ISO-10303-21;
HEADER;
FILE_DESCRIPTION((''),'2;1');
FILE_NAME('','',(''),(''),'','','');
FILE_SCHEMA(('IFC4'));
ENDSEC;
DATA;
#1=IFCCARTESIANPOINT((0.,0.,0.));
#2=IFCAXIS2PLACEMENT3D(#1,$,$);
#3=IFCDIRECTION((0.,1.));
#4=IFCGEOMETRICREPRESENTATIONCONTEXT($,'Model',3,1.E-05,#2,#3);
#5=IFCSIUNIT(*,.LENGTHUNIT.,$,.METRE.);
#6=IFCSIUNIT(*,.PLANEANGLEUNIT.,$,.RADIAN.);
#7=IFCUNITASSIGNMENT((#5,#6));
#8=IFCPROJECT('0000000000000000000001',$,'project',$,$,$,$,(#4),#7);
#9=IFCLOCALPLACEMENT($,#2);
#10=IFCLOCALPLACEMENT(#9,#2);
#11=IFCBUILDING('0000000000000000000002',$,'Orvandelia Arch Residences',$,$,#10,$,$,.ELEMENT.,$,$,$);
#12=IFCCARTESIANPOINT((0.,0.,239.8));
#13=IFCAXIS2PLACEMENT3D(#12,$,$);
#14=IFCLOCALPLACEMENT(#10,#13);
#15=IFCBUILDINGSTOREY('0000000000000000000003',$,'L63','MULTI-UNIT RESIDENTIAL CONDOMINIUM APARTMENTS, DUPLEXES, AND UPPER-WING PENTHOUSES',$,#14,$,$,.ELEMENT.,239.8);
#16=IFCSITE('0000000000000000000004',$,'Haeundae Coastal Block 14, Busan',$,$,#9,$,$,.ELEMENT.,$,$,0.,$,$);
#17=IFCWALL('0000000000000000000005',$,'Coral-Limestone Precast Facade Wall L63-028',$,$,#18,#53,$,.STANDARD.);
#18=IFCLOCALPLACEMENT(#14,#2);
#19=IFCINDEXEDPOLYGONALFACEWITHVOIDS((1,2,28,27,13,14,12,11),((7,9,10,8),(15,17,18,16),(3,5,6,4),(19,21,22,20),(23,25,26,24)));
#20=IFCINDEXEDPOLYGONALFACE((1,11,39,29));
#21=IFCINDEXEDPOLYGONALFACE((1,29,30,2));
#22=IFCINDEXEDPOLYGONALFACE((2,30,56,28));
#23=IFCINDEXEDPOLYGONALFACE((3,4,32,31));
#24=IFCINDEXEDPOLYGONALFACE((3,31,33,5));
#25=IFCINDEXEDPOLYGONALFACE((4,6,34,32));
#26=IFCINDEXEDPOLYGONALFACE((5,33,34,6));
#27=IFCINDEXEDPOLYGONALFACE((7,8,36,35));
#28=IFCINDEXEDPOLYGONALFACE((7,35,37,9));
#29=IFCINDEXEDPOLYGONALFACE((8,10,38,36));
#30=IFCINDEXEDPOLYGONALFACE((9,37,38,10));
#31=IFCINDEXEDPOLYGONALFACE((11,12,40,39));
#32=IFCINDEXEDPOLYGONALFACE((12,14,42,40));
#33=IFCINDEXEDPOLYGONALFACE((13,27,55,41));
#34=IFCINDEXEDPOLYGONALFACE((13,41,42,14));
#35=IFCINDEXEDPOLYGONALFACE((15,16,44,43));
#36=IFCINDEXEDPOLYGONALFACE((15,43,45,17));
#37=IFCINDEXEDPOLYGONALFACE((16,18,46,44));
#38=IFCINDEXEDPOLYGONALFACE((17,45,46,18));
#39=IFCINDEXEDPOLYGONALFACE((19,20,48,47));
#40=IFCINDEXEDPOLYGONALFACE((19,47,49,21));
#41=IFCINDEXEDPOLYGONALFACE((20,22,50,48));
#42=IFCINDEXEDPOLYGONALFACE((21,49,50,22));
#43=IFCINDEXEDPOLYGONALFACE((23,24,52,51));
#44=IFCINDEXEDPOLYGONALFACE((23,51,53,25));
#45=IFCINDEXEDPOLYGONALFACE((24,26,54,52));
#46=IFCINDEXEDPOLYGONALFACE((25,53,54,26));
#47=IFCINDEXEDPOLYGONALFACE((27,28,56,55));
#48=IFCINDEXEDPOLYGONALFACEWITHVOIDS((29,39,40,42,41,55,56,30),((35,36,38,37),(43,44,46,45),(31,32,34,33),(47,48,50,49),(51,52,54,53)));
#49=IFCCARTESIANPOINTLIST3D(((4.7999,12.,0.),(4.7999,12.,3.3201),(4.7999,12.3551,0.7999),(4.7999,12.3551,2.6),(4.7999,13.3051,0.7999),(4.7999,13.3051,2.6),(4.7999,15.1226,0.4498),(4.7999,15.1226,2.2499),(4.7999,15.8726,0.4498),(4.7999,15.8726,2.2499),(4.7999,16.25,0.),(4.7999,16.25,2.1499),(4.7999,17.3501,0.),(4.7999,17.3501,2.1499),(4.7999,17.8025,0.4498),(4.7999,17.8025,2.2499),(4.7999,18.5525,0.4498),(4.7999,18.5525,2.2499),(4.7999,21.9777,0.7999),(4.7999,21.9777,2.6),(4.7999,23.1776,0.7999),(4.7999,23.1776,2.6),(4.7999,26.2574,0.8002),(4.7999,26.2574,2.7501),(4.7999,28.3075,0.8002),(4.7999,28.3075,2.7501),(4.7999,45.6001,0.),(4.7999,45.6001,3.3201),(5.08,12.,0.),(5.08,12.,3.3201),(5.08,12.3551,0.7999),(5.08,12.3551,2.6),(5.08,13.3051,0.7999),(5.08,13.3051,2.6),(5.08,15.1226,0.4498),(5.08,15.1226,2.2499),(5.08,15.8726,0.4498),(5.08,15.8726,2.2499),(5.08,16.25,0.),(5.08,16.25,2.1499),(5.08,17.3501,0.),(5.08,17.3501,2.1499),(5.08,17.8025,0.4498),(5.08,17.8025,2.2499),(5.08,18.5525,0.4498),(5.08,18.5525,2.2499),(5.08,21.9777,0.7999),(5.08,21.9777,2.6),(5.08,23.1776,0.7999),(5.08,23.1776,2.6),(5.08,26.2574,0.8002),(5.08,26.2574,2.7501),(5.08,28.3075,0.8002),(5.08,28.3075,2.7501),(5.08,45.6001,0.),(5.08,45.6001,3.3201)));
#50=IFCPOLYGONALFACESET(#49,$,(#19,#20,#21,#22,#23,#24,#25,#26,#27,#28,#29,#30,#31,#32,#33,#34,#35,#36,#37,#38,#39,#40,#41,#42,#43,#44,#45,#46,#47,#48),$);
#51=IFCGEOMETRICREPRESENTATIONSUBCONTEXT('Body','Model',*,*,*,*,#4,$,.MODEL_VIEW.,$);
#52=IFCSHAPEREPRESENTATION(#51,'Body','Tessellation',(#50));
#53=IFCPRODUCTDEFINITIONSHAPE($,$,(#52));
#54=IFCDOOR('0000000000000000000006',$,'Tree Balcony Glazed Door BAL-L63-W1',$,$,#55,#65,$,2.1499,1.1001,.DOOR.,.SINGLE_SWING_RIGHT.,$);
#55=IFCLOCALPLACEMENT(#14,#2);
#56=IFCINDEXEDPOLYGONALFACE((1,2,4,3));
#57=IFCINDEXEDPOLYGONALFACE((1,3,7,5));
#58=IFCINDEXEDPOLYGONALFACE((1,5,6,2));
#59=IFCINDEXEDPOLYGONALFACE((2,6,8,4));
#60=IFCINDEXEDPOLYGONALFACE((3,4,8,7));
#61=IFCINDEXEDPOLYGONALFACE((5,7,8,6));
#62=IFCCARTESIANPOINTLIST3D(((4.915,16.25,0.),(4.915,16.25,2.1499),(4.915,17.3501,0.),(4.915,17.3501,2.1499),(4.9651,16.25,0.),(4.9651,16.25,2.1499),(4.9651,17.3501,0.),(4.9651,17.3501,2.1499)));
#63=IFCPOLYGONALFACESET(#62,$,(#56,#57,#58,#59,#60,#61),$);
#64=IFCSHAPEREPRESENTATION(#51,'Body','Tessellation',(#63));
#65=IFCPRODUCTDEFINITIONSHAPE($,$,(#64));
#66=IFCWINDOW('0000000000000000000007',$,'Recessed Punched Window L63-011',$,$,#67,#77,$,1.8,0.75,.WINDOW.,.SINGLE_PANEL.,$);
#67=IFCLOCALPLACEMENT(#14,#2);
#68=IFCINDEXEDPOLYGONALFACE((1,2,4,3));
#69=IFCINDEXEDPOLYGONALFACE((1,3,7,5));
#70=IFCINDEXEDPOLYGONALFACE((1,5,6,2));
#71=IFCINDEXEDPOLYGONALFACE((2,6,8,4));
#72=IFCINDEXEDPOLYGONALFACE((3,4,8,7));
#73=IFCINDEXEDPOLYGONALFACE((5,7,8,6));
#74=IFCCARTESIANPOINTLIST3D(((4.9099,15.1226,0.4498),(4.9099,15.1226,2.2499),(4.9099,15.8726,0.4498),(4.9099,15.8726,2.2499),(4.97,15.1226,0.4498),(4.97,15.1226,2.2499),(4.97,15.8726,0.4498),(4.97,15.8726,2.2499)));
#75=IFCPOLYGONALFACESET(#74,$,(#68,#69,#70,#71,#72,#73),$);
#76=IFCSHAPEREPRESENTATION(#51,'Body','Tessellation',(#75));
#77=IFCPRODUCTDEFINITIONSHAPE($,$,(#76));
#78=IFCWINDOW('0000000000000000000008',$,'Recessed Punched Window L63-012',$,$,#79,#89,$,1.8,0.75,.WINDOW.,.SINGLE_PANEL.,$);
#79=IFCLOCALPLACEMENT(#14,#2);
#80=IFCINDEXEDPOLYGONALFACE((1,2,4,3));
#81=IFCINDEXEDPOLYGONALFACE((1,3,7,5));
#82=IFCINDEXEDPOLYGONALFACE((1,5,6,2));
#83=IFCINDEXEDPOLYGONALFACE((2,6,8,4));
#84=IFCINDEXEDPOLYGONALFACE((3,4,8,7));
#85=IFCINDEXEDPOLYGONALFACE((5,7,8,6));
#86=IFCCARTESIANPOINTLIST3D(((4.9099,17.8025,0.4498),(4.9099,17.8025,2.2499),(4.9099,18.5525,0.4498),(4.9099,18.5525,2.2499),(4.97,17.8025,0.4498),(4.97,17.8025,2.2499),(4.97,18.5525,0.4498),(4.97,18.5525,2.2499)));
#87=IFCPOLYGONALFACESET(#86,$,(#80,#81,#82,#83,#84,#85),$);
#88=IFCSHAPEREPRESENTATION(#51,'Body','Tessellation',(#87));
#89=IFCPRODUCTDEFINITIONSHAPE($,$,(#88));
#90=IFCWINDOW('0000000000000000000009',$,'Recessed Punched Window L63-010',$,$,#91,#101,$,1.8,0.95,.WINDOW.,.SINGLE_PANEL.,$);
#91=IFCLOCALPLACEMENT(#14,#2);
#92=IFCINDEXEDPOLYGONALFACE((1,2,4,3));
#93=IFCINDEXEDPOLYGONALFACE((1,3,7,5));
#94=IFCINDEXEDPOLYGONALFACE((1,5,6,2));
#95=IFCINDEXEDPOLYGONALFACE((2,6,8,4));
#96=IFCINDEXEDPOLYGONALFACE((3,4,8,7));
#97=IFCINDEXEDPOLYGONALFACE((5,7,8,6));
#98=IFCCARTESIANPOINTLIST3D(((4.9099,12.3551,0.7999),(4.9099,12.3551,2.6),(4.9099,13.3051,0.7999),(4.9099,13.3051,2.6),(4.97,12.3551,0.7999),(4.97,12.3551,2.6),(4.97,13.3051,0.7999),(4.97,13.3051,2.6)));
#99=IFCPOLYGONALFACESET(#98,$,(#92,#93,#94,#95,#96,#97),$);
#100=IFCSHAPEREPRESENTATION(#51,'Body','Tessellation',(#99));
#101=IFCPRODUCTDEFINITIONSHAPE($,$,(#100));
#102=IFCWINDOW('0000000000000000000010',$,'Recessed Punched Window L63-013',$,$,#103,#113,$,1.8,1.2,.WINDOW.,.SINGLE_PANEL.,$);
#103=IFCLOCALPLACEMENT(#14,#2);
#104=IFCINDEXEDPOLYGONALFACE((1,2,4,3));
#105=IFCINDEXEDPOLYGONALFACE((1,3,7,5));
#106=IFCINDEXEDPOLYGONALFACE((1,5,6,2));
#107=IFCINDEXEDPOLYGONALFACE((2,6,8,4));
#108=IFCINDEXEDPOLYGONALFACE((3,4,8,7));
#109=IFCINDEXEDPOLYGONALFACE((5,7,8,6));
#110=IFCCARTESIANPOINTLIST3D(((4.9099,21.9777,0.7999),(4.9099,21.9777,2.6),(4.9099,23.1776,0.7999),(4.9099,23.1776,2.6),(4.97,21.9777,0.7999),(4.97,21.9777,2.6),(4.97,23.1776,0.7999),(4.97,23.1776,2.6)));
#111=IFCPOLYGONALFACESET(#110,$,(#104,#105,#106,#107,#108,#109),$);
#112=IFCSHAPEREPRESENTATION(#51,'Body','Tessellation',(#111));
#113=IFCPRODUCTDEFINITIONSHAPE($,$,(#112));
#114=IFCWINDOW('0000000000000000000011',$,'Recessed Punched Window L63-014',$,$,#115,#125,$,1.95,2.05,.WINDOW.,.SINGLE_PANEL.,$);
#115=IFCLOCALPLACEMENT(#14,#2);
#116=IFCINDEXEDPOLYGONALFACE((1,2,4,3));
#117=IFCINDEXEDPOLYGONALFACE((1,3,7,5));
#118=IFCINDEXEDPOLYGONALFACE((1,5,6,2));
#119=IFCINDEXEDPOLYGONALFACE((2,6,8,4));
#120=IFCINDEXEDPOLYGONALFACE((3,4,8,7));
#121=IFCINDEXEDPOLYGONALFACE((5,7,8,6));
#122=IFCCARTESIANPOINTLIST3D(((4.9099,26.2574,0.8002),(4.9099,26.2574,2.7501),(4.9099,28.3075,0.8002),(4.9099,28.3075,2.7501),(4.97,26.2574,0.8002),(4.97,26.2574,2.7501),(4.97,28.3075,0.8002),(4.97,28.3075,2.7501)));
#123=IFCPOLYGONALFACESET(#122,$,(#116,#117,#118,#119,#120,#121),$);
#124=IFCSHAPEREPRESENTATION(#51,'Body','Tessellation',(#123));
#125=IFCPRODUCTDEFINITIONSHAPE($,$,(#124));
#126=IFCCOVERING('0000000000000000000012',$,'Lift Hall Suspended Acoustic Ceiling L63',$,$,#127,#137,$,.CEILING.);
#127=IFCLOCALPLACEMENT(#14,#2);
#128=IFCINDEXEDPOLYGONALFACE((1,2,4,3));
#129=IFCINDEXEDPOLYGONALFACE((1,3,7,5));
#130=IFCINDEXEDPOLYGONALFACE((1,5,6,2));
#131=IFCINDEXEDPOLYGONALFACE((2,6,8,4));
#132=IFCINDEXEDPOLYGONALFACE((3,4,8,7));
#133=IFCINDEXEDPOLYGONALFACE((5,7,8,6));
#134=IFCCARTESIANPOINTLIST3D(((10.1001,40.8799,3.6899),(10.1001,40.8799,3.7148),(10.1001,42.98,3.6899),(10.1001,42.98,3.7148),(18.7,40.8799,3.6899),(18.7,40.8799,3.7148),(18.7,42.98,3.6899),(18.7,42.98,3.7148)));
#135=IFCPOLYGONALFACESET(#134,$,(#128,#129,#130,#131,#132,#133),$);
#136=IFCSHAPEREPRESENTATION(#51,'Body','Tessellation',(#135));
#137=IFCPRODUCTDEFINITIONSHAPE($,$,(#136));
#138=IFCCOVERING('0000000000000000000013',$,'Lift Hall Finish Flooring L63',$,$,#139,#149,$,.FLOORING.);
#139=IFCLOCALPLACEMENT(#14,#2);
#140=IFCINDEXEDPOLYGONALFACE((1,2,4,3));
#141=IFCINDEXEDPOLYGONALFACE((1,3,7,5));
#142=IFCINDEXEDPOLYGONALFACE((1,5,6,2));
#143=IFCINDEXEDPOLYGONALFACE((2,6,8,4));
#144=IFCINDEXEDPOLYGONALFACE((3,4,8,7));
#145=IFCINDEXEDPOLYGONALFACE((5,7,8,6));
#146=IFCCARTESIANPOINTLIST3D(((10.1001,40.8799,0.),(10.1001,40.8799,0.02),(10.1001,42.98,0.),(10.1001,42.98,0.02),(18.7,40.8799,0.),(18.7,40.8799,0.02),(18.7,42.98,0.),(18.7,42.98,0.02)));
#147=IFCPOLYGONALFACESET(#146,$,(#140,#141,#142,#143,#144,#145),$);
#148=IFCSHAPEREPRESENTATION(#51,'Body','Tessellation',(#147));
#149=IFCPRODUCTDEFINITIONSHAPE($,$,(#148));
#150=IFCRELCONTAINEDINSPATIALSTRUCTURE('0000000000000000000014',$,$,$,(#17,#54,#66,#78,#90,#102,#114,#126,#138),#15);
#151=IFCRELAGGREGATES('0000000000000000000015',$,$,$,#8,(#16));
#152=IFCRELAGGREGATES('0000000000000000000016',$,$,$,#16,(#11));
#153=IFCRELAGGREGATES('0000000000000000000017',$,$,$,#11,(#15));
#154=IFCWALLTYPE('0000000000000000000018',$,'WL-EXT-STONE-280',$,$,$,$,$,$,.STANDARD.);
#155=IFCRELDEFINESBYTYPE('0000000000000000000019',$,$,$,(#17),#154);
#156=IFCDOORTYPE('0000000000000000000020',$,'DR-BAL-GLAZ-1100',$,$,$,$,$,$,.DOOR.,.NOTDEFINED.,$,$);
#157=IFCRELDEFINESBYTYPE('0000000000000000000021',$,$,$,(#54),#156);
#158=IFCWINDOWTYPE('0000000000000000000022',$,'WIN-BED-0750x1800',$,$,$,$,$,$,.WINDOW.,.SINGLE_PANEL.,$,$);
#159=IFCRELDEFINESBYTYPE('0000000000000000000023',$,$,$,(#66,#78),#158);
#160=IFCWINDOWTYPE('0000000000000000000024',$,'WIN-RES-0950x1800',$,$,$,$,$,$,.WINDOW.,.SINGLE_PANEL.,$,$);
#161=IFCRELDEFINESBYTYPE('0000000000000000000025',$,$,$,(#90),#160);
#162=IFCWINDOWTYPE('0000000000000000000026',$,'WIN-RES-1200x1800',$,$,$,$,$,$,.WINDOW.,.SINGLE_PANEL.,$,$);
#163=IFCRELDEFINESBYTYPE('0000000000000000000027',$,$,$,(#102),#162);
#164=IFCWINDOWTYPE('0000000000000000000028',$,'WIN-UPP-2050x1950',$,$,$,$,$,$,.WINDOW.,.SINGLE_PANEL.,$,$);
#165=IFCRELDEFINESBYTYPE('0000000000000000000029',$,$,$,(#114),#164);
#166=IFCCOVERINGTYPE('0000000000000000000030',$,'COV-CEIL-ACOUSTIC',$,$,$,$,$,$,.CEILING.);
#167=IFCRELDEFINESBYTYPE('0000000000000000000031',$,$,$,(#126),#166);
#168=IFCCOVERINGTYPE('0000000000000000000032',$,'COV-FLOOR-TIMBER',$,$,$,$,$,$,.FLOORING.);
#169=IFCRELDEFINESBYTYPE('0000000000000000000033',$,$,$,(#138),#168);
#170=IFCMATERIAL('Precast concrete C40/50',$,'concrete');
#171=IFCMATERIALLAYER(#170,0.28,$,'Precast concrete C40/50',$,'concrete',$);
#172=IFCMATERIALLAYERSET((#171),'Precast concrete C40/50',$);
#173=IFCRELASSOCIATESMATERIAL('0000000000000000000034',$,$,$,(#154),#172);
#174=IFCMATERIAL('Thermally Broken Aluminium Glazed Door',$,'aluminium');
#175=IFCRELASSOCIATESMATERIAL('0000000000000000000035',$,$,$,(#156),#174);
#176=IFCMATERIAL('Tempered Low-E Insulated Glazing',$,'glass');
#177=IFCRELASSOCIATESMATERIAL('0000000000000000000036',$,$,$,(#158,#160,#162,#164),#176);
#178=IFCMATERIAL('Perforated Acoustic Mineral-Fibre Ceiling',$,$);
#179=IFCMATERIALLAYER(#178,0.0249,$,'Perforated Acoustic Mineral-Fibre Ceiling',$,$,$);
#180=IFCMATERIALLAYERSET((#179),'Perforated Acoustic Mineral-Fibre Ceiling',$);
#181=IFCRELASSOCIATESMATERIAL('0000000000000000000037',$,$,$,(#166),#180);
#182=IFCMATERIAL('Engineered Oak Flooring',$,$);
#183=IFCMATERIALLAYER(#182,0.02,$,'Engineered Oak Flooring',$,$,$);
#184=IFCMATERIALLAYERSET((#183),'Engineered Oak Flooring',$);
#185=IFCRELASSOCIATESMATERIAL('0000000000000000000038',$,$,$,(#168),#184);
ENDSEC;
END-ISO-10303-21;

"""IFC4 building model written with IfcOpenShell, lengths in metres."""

from ifc_helpers import new_model, si_unit, direction, frame, frame_2d, origin, place, context, subcontext, project, spatial, polyline, rectangle, outline, extrude, material, layer, layer_set, type_object, element, fill, save


model = new_model("IFC4")

# Units and contexts
model_context = context("Model", 3, precision=1e-05, world=origin(), true_north=direction((0.0, 1.0)))
body_context = subcontext(model_context, "Body", "Model", "MODEL_VIEW")
ifc_project = project(units=[si_unit("LENGTHUNIT", "METRE"), si_unit("PLANEANGLEUNIT", "RADIAN")], contexts=[model_context])

# Site, building, storey
site_placement = place(None, origin())
site = spatial("IfcSite", under=ifc_project, at=site_placement, Name="Haeundae Coastal Block 14, Busan", CompositionType="ELEMENT", RefElevation=0.0)
building_placement = place(site_placement, origin())
building = spatial("IfcBuilding", under=site, at=building_placement, Name="Orvandelia Arch Residences", CompositionType="ELEMENT")
storey_placement = place(building_placement, frame((0.0, 0.0, 239.8)))
storey = spatial("IfcBuildingStorey", under=building, at=storey_placement, Name="L63", Description="MULTI-UNIT RESIDENTIAL CONDOMINIUM APARTMENTS, DUPLEXES, AND UPPER-WING PENTHOUSES", CompositionType="ELEMENT", Elevation=239.8)

# Shared definitions
ifc_material_1 = material(Name="Precast concrete C40/50", Category="concrete")

# Shared definitions
ifc_layer_1 = layer(ifc_material_1, 0.28, Name="Precast concrete C40/50", Category="concrete")
ifc_layer_set_1 = layer_set([ifc_layer_1], Name="Precast concrete C40/50")
wall_type_1 = type_object("IfcWallType", Name="WL-EXT-STONE-280", PredefinedType="STANDARD", material=ifc_layer_set_1)

# Wall, openings, door, windows
wall_1_placement = place(storey_placement, frame((4.9399, 12.0, 0.0), z_axis=(0.0, 0.0, 1.0), x_axis=(0.0, 1.0, 0.0)))
wall_1 = element("IfcWall", 1, at=wall_1_placement, inside=storey, type_object=wall_type_1, Name="Coral-Limestone Precast Facade Wall L63-028", PredefinedType="STANDARD", context=body_context, shape_type="SweptSolid", body=[
    extrude(rectangle(XDim=33.6001, YDim=0.28, at=frame_2d((16.8, 0.0))), origin(), (0.0, 0.0, 1.0), 3.3201),
])
opening_1_placement = place(wall_1_placement, frame((4.25, 0.0, 0.0)))
opening_1 = element("IfcOpeningElement", 2, at=opening_1_placement, cuts=wall_1, PredefinedType="OPENING", context=body_context, shape_type="SweptSolid", body=[
    extrude(rectangle(XDim=1.1001, YDim=2.1499, at=frame_2d((0.55, 1.075))), frame((0.0, 0.1499, 0.0), z_axis=(0.0, -1.0, 0.0), x_axis=(1.0, 0.0, 0.0)), (0.0, 0.0, 1.0), 0.3),
])
opening_2_placement = place(wall_1_placement, frame((0.355, 0.0, 0.8)))
opening_2 = element("IfcOpeningElement", 3, at=opening_2_placement, cuts=wall_1, PredefinedType="OPENING", context=body_context, shape_type="SweptSolid", body=[
    extrude(rectangle(XDim=0.95, YDim=1.8, at=frame_2d((0.4751, 0.8999))), frame((0.0, 0.1499, 0.0), z_axis=(0.0, -1.0, 0.0), x_axis=(1.0, 0.0, 0.0)), (0.0, 0.0, 1.0), 0.3),
])
opening_3_placement = place(wall_1_placement, frame((3.1226, 0.0, 0.45)))
opening_3 = element("IfcOpeningElement", 4, at=opening_3_placement, cuts=wall_1, PredefinedType="OPENING", context=body_context, shape_type="SweptSolid", body=[
    extrude(rectangle(XDim=0.75, YDim=1.8, at=frame_2d((0.375, 0.8999))), frame((0.0, 0.1499, 0.0), z_axis=(0.0, -1.0, 0.0), x_axis=(1.0, 0.0, 0.0)), (0.0, 0.0, 1.0), 0.3),
])
opening_4_placement = place(wall_1_placement, frame((5.8025, 0.0, 0.45)))
opening_4 = element("IfcOpeningElement", 5, at=opening_4_placement, cuts=wall_1, PredefinedType="OPENING", context=body_context, shape_type="SweptSolid", body=[
    extrude(rectangle(XDim=0.75, YDim=1.8, at=frame_2d((0.375, 0.8999))), frame((0.0, 0.1499, 0.0), z_axis=(0.0, -1.0, 0.0), x_axis=(1.0, 0.0, 0.0)), (0.0, 0.0, 1.0), 0.3),
])
opening_5_placement = place(wall_1_placement, frame((9.9775, 0.0, 0.8)))
opening_5 = element("IfcOpeningElement", 6, at=opening_5_placement, cuts=wall_1, PredefinedType="OPENING", context=body_context, shape_type="SweptSolid", body=[
    extrude(rectangle(XDim=1.2, YDim=1.8, at=frame_2d((0.6001, 0.8999))), frame((0.0, 0.1499, 0.0), z_axis=(0.0, -1.0, 0.0), x_axis=(1.0, 0.0, 0.0)), (0.0, 0.0, 1.0), 0.3),
])
opening_6_placement = place(wall_1_placement, frame((14.2576, 0.0, 0.8)))
opening_6 = element("IfcOpeningElement", 7, at=opening_6_placement, cuts=wall_1, PredefinedType="OPENING", context=body_context, shape_type="SweptSolid", body=[
    extrude(rectangle(XDim=2.05, YDim=1.95, at=frame_2d((1.0249, 0.9751))), frame((0.0, 0.1499, 0.0), z_axis=(0.0, -1.0, 0.0), x_axis=(1.0, 0.0, 0.0)), (0.0, 0.0, 1.0), 0.3),
])
ifc_material_2 = material(Name="Thermally Broken Aluminium Glazed Door", Category="aluminium")
door_type = type_object("IfcDoorType", Name="DR-BAL-GLAZ-1100", OperationType="NOTDEFINED", PredefinedType="DOOR", material=ifc_material_2)
door_placement = place(opening_1_placement, origin())
door = element("IfcDoor", 8, at=door_placement, inside=storey, type_object=door_type, Name="Tree Balcony Glazed Door BAL-L63-W1", OperationType="SINGLE_SWING_RIGHT", OverallHeight=2.1499, OverallWidth=1.1001, PredefinedType="DOOR", context=body_context, shape_type="SweptSolid", body=[
    extrude(rectangle(XDim=1.1001, YDim=2.1499, at=frame_2d((0.55, 1.075))), frame((0.0, 0.0249, 0.0), z_axis=(0.0, -1.0, 0.0), x_axis=(1.0, 0.0, 0.0)), (0.0, 0.0, 1.0), 0.05),
])
fill(opening_1, door)
ifc_material_3 = material(Name="Tempered Low-E Insulated Glazing", Category="glass")
window_type_1 = type_object("IfcWindowType", Name="WIN-BED-0750x1800", PartitioningType="SINGLE_PANEL", PredefinedType="WINDOW", material=ifc_material_3)
window_1_placement = place(opening_3_placement, origin())
window_1 = element("IfcWindow", 9, at=window_1_placement, inside=storey, type_object=window_type_1, Name="Recessed Punched Window L63-011", OverallHeight=1.8, OverallWidth=0.75, PartitioningType="SINGLE_PANEL", PredefinedType="WINDOW", context=body_context, shape_type="SweptSolid", body=[
    extrude(rectangle(XDim=0.75, YDim=1.8, at=frame_2d((0.375, 0.8999))), frame((0.0, 0.03, 0.0), z_axis=(0.0, -1.0, 0.0), x_axis=(1.0, 0.0, 0.0)), (0.0, 0.0, 1.0), 0.0601),
])
fill(opening_3, window_1)
window_2_placement = place(opening_4_placement, origin())
window_2 = element("IfcWindow", 10, at=window_2_placement, inside=storey, type_object=window_type_1, Name="Recessed Punched Window L63-012", OverallHeight=1.8, OverallWidth=0.75, PartitioningType="SINGLE_PANEL", PredefinedType="WINDOW", context=body_context, shape_type="SweptSolid", body=[
    extrude(rectangle(XDim=0.75, YDim=1.8, at=frame_2d((0.375, 0.8999))), frame((0.0, 0.03, 0.0), z_axis=(0.0, -1.0, 0.0), x_axis=(1.0, 0.0, 0.0)), (0.0, 0.0, 1.0), 0.0601),
])
fill(opening_4, window_2)
window_type_2 = type_object("IfcWindowType", Name="WIN-RES-0950x1800", PartitioningType="SINGLE_PANEL", PredefinedType="WINDOW", material=ifc_material_3)
window_3_placement = place(opening_2_placement, origin())
window_3 = element("IfcWindow", 11, at=window_3_placement, inside=storey, type_object=window_type_2, Name="Recessed Punched Window L63-010", OverallHeight=1.8, OverallWidth=0.95, PartitioningType="SINGLE_PANEL", PredefinedType="WINDOW", context=body_context, shape_type="SweptSolid", body=[
    extrude(rectangle(XDim=0.95, YDim=1.8, at=frame_2d((0.4751, 0.8999))), frame((0.0, 0.03, 0.0), z_axis=(0.0, -1.0, 0.0), x_axis=(1.0, 0.0, 0.0)), (0.0, 0.0, 1.0), 0.0601),
])
fill(opening_2, window_3)
window_type_3 = type_object("IfcWindowType", Name="WIN-RES-1200x1800", PartitioningType="SINGLE_PANEL", PredefinedType="WINDOW", material=ifc_material_3)
window_4_placement = place(opening_5_placement, origin())
window_4 = element("IfcWindow", 12, at=window_4_placement, inside=storey, type_object=window_type_3, Name="Recessed Punched Window L63-013", OverallHeight=1.8, OverallWidth=1.2, PartitioningType="SINGLE_PANEL", PredefinedType="WINDOW", context=body_context, shape_type="SweptSolid", body=[
    extrude(rectangle(XDim=1.2, YDim=1.8, at=frame_2d((0.6001, 0.8999))), frame((0.0, 0.03, 0.0), z_axis=(0.0, -1.0, 0.0), x_axis=(1.0, 0.0, 0.0)), (0.0, 0.0, 1.0), 0.0601),
])
fill(opening_5, window_4)
window_type_4 = type_object("IfcWindowType", Name="WIN-UPP-2050x1950", PartitioningType="SINGLE_PANEL", PredefinedType="WINDOW", material=ifc_material_3)
window_5_placement = place(opening_6_placement, origin())
window_5 = element("IfcWindow", 13, at=window_5_placement, inside=storey, type_object=window_type_4, Name="Recessed Punched Window L63-014", OverallHeight=1.95, OverallWidth=2.05, PartitioningType="SINGLE_PANEL", PredefinedType="WINDOW", context=body_context, shape_type="SweptSolid", body=[
    extrude(rectangle(XDim=2.05, YDim=1.95, at=frame_2d((1.0249, 0.9751))), frame((0.0, 0.03, 0.0), z_axis=(0.0, -1.0, 0.0), x_axis=(1.0, 0.0, 0.0)), (0.0, 0.0, 1.0), 0.0601),
])
fill(opening_6, window_5)

# Coverings
ifc_material_4 = material(Name="Perforated Acoustic Mineral-Fibre Ceiling")
ifc_layer_2 = layer(ifc_material_4, 0.0249, Name="Perforated Acoustic Mineral-Fibre Ceiling")
ifc_layer_set_2 = layer_set([ifc_layer_2], Name="Perforated Acoustic Mineral-Fibre Ceiling")
covering_type_1 = type_object("IfcCoveringType", Name="COV-CEIL-ACOUSTIC", PredefinedType="CEILING", material=ifc_layer_set_2)
covering_1_placement = place(storey_placement, frame((0.0, 0.0, 3.6899)))
element("IfcCovering", 14, at=covering_1_placement, inside=storey, type_object=covering_type_1, Name="Lift Hall Suspended Acoustic Ceiling L63", PredefinedType="CEILING", context=body_context, shape_type="SweptSolid", body=[
    extrude(outline(polyline([(10.1001, 40.8799), (18.7, 40.8799), (18.7, 42.98), (10.1001, 42.98), (10.1001, 40.8799)])), origin(), (0.0, 0.0, 1.0), 0.0249),
])
ifc_material_5 = material(Name="Engineered Oak Flooring")
ifc_layer_3 = layer(ifc_material_5, 0.02, Name="Engineered Oak Flooring")
ifc_layer_set_3 = layer_set([ifc_layer_3], Name="Engineered Oak Flooring")
covering_type_2 = type_object("IfcCoveringType", Name="COV-FLOOR-TIMBER", PredefinedType="FLOORING", material=ifc_layer_set_3)
covering_2_placement = place(storey_placement, origin())
element("IfcCovering", 15, at=covering_2_placement, inside=storey, type_object=covering_type_2, Name="Lift Hall Finish Flooring L63", PredefinedType="FLOORING", context=body_context, shape_type="SweptSolid", body=[
    extrude(outline(polyline([(10.1001, 40.8799), (18.7, 40.8799), (18.7, 42.98), (10.1001, 42.98), (10.1001, 40.8799)])), origin(), (0.0, 0.0, 1.0), 0.02),
])

save(model, "model.ifc")
